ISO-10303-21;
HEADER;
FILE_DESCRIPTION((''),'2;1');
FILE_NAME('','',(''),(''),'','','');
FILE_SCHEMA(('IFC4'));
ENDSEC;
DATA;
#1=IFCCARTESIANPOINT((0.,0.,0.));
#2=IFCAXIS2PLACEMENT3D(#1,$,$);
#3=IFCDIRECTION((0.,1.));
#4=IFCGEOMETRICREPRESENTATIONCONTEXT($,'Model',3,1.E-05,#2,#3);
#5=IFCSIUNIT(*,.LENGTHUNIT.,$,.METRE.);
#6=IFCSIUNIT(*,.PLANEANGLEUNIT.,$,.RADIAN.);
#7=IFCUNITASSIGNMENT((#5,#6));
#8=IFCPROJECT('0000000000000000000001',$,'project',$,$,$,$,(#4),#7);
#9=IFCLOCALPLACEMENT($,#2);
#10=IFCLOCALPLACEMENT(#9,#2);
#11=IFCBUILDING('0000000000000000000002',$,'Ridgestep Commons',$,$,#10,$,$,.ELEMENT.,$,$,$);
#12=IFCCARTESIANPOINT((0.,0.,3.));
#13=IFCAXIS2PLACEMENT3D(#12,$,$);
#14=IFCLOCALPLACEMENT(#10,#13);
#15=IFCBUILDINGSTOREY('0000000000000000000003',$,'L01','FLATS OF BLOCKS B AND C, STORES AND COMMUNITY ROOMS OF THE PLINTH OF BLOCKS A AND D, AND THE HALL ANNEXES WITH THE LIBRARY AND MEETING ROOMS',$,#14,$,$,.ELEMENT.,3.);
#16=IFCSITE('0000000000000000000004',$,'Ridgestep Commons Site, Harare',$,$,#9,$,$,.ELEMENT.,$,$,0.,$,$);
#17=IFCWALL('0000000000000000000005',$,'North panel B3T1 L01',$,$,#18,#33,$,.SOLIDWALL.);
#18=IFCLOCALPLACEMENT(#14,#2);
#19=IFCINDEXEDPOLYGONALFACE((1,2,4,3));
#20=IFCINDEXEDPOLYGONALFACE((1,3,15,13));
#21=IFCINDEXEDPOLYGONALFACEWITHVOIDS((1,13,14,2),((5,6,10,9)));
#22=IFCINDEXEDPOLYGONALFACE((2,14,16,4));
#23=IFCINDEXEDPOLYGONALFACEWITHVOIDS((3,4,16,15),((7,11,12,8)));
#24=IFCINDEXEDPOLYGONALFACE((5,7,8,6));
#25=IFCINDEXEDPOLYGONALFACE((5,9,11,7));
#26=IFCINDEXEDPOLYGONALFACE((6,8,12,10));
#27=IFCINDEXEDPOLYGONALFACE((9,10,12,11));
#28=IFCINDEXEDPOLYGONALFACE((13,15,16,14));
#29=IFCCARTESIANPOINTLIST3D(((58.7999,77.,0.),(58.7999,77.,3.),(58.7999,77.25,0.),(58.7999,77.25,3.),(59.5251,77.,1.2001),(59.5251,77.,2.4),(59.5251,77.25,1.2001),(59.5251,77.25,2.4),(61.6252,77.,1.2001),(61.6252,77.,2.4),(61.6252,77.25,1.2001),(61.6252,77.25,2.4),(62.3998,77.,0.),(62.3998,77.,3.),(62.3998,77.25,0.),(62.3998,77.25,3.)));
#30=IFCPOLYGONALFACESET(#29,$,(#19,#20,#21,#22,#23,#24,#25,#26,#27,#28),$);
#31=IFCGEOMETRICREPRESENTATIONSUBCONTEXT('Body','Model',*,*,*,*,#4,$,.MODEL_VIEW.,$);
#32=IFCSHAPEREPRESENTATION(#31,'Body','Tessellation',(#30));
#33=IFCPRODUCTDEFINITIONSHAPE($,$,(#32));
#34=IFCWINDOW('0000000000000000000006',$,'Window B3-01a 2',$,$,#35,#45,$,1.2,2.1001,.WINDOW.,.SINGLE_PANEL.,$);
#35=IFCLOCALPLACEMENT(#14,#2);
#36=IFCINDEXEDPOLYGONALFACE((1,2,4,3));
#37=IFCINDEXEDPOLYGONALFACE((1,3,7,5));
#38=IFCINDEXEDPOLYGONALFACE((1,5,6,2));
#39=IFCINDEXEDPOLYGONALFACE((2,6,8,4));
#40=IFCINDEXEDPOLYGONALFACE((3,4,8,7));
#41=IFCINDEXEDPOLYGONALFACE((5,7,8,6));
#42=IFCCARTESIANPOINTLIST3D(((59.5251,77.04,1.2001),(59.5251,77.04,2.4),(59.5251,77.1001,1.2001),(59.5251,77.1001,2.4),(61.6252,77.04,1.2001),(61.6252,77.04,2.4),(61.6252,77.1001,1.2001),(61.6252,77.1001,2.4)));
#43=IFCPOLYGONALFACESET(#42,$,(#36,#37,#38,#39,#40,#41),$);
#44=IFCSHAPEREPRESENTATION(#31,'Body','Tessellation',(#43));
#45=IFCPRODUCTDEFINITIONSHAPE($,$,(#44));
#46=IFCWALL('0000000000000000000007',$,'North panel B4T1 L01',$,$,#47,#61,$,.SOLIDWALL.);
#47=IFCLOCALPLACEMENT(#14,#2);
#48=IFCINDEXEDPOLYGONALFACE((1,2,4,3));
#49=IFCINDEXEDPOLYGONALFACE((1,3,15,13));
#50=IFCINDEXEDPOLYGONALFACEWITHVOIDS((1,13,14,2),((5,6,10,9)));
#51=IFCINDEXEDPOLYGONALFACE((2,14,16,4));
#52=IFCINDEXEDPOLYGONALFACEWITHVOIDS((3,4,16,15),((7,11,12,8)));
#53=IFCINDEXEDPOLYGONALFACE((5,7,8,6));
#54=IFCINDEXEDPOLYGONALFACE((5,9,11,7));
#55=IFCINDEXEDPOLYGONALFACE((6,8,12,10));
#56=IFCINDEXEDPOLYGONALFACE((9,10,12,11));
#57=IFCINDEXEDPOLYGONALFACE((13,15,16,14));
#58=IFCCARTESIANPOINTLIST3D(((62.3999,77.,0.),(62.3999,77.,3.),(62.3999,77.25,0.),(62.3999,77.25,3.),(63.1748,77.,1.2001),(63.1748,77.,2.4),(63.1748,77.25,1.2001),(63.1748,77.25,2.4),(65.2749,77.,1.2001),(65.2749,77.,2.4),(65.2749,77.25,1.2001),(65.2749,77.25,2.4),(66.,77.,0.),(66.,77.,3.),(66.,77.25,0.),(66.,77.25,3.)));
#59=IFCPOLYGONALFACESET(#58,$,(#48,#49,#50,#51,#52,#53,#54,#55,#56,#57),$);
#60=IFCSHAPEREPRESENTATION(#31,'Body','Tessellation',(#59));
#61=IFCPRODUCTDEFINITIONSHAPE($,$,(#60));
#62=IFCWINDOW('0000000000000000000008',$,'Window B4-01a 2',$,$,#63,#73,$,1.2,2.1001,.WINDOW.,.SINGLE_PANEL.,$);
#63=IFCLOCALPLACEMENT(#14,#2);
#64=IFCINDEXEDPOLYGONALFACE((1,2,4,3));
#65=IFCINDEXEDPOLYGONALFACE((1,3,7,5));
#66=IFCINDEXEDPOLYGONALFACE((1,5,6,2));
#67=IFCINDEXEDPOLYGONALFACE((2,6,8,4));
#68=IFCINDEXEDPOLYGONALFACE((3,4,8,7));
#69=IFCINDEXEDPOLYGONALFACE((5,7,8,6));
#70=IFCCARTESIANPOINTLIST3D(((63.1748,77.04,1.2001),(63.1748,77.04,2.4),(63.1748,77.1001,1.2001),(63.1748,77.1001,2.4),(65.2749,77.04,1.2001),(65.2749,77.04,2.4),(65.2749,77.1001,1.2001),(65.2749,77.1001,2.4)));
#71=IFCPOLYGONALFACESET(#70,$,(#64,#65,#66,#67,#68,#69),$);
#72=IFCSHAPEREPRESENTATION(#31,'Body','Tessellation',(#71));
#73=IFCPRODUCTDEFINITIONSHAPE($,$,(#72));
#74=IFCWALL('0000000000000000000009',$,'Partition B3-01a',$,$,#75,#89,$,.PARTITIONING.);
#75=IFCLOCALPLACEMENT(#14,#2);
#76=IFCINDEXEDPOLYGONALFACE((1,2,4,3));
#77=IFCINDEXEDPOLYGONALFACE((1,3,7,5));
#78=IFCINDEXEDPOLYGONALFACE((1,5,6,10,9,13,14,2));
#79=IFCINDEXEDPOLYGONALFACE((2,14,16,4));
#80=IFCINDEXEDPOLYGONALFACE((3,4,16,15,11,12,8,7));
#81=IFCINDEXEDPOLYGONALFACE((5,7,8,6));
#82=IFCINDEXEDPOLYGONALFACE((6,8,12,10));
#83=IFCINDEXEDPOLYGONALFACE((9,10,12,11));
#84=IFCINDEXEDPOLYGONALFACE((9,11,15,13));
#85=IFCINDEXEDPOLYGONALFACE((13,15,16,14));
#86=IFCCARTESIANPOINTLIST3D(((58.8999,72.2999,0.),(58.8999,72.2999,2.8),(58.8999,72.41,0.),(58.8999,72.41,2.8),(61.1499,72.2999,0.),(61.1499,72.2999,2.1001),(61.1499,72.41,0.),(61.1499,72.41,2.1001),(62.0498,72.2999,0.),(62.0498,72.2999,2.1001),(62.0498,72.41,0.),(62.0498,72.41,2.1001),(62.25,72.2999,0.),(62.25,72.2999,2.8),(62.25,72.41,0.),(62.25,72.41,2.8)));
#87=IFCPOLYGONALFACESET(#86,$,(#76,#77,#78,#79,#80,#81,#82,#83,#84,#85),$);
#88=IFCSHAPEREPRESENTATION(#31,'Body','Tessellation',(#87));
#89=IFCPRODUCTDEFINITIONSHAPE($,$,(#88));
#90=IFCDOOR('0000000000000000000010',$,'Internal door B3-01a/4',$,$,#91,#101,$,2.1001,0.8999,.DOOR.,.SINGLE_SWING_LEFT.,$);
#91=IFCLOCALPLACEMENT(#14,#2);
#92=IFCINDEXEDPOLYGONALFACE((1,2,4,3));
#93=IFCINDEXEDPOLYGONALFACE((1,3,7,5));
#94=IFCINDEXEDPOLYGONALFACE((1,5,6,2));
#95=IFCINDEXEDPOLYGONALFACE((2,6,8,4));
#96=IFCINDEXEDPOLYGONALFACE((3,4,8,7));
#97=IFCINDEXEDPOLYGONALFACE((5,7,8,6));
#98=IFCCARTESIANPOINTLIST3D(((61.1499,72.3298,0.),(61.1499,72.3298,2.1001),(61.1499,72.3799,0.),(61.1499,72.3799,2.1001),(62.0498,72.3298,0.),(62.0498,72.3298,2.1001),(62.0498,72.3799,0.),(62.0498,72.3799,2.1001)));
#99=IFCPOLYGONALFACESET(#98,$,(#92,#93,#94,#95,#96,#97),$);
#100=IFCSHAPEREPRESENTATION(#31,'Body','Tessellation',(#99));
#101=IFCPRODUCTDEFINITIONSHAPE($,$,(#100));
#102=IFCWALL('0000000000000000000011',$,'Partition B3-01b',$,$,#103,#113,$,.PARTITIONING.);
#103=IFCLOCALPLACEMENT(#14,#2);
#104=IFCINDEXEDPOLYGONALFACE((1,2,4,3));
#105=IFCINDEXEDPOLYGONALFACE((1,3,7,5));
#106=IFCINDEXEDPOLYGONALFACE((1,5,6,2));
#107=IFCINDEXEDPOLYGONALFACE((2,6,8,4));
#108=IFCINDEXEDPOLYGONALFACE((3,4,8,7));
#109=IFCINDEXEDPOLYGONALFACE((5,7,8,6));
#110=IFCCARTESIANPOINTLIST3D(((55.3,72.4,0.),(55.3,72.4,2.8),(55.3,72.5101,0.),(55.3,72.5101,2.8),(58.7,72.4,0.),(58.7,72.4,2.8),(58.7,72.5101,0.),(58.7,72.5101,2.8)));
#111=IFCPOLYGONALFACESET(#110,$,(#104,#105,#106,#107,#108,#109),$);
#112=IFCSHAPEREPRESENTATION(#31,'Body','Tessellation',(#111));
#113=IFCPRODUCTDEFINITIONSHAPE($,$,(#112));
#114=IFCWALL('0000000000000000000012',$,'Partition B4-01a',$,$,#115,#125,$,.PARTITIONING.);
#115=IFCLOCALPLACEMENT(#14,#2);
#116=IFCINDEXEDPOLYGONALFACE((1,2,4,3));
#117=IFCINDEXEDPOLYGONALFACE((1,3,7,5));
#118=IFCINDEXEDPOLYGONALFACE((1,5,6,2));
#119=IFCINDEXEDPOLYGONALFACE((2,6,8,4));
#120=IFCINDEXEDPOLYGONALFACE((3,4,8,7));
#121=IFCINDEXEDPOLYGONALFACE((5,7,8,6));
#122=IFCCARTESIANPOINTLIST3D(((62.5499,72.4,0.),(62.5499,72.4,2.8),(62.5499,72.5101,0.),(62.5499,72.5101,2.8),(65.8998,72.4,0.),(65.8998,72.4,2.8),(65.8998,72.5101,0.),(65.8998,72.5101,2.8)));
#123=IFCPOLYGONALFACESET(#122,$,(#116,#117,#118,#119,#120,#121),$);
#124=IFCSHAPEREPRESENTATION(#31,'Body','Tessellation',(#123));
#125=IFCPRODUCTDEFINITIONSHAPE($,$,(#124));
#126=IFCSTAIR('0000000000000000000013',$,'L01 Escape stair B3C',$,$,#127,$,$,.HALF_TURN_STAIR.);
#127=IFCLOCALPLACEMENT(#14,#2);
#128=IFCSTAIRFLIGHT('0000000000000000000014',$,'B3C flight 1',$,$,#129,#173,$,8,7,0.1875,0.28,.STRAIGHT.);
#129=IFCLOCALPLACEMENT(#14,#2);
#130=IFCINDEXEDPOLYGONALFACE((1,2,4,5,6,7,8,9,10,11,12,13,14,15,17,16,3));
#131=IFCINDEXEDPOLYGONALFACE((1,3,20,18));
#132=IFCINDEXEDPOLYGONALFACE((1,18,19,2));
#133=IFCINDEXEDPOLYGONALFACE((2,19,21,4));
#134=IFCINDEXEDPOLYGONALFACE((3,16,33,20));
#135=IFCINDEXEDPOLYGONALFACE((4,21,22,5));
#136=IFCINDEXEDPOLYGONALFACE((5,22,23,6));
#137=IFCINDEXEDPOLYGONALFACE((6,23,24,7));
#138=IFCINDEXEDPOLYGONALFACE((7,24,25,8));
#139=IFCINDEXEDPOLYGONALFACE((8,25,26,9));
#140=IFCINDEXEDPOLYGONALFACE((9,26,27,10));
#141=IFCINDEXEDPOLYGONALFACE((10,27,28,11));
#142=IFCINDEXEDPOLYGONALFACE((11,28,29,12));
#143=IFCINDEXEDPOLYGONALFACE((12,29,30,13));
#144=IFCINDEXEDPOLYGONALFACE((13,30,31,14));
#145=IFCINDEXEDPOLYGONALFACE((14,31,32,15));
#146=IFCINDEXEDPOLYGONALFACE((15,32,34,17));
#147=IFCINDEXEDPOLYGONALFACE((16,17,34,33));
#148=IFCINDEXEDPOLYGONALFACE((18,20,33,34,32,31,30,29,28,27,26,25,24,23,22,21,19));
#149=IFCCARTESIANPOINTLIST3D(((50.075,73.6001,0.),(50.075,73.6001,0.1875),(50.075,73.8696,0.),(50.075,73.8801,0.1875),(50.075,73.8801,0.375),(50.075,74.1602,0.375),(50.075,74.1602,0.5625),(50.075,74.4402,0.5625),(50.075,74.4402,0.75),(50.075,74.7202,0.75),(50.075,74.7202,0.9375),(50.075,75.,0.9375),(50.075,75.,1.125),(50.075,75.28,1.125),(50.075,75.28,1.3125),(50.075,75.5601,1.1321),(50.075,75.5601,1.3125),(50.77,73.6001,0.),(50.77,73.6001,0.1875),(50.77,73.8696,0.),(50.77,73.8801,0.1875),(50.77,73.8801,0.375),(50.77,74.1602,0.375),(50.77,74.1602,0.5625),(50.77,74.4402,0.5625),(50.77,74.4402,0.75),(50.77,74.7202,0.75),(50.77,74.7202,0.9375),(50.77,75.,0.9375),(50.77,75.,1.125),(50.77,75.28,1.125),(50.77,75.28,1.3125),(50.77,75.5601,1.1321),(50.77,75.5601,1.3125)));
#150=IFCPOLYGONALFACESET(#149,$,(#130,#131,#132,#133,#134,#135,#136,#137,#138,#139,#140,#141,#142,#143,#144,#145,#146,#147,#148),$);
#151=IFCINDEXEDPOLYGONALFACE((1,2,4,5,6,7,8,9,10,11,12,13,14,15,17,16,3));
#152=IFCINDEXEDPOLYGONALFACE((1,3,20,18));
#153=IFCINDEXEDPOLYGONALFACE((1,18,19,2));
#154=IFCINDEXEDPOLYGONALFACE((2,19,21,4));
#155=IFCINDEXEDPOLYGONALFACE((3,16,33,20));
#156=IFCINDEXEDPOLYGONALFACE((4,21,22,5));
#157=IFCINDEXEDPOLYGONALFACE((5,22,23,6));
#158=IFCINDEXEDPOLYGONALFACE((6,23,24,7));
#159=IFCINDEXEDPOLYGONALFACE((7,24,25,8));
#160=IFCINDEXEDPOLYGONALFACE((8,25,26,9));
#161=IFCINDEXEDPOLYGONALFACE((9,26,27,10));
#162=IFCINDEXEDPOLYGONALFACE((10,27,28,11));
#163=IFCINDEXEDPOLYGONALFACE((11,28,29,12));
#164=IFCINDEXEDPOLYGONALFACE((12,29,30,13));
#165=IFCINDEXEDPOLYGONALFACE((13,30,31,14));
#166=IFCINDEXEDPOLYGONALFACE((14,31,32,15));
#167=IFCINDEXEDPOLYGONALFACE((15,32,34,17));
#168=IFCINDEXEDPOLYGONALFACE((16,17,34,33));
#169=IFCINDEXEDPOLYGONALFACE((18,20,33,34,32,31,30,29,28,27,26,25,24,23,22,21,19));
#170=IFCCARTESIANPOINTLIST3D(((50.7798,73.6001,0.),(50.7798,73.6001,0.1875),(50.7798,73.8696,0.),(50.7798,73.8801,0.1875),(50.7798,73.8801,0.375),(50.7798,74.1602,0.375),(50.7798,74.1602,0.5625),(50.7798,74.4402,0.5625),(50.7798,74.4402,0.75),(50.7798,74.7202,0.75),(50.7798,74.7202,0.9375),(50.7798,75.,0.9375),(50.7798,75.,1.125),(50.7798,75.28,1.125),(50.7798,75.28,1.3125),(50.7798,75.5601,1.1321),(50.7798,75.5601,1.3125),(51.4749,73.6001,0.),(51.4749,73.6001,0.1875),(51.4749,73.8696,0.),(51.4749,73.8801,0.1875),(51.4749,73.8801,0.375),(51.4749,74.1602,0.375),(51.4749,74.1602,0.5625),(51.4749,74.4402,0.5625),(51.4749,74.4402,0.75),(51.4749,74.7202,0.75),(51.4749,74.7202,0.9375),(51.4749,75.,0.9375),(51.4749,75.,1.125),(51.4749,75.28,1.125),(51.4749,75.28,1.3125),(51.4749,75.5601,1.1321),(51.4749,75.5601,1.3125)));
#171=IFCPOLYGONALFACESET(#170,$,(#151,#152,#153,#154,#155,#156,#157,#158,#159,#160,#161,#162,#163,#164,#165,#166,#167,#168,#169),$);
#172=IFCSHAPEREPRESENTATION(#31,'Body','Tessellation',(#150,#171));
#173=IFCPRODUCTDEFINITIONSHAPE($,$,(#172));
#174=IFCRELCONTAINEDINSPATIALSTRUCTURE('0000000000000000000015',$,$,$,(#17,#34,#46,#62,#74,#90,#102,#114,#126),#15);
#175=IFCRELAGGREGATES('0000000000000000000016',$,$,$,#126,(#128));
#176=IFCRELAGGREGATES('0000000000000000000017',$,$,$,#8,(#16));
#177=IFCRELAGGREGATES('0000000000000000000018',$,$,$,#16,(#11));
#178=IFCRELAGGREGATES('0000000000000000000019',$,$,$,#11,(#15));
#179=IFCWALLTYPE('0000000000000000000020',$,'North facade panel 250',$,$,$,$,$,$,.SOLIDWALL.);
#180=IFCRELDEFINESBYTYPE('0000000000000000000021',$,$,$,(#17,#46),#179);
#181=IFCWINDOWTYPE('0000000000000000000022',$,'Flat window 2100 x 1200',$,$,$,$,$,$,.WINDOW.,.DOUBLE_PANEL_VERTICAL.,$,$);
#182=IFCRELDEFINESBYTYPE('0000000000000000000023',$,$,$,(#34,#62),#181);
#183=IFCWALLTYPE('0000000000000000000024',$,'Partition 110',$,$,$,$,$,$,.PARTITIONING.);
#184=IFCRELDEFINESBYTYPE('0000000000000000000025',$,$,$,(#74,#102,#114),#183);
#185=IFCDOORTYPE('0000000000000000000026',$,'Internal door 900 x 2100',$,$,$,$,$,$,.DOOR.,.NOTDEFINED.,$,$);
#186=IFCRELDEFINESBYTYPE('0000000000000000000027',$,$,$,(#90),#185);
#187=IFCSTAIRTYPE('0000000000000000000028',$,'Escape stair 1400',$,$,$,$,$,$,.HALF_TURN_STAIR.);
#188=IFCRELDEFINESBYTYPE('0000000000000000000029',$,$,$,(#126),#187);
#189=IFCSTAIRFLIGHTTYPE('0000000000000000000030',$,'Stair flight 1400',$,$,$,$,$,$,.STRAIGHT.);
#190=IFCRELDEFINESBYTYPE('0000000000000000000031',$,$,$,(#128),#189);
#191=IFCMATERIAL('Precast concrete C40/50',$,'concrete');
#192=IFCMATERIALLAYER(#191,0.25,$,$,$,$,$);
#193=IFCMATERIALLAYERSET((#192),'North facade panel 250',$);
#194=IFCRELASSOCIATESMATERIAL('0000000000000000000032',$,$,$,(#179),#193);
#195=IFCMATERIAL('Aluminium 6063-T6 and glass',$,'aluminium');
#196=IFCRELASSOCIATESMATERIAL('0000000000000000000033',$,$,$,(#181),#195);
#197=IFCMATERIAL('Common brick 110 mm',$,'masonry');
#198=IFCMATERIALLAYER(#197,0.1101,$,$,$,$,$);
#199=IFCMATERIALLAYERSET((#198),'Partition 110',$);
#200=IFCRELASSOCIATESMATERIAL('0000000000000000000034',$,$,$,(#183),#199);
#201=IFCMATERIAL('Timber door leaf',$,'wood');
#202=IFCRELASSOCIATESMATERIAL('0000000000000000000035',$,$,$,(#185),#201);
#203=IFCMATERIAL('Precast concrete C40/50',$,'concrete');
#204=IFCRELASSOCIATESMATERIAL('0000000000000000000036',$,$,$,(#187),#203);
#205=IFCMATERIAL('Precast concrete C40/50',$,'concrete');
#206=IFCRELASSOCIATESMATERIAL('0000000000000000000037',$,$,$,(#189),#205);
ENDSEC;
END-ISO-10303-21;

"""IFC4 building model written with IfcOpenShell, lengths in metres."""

from ifc_helpers import new_model, si_unit, direction, frame, frame_2d, origin, place, context, subcontext, project, spatial, polyline, rectangle, outline, extrude, material, layer, layer_set, type_object, element, fill, aggregate, save


model = new_model("IFC4")

# Units and contexts
model_context = context("Model", 3, precision=1e-05, world=origin(), true_north=direction((0.0, 1.0)))
body_context = subcontext(model_context, "Body", "Model", "MODEL_VIEW")
ifc_project = project(units=[si_unit("LENGTHUNIT", "METRE"), si_unit("PLANEANGLEUNIT", "RADIAN")], contexts=[model_context])

# Site, building, storey
site_placement = place(None, origin())
site = spatial("IfcSite", under=ifc_project, at=site_placement, Name="Ridgestep Commons Site, Harare", CompositionType="ELEMENT", RefElevation=0.0)
building_placement = place(site_placement, origin())
building = spatial("IfcBuilding", under=site, at=building_placement, Name="Ridgestep Commons", CompositionType="ELEMENT")
storey_placement = place(building_placement, frame((0.0, 0.0, 3.0)))
storey = spatial("IfcBuildingStorey", under=building, at=storey_placement, Name="L01", Description="FLATS OF BLOCKS B AND C, STORES AND COMMUNITY ROOMS OF THE PLINTH OF BLOCKS A AND D, AND THE HALL ANNEXES WITH THE LIBRARY AND MEETING ROOMS", CompositionType="ELEMENT", Elevation=3.0)

# Walls, openings, windows
ifc_material_1 = material(Name="Precast concrete C40/50", Category="concrete")
ifc_layer_1 = layer(ifc_material_1, 0.25)
ifc_layer_set_1 = layer_set([ifc_layer_1], Name="North facade panel 250")
wall_type_1 = type_object("IfcWallType", Name="North facade panel 250", PredefinedType="SOLIDWALL", material=ifc_layer_set_1)
ifc_material_2 = material(Name="Aluminium 6063-T6 and glass", Category="aluminium")
window_type = type_object("IfcWindowType", Name="Flat window 2100 x 1200", PartitioningType="DOUBLE_PANEL_VERTICAL", PredefinedType="WINDOW", material=ifc_material_2)
wall_1_placement = place(storey_placement, frame((58.8, 77.125, 0.0), z_axis=(0.0, 0.0, 1.0), x_axis=(1.0, 0.0, 0.0)))
wall_1 = element("IfcWall", 1, at=wall_1_placement, inside=storey, type_object=wall_type_1, Name="North panel B3T1 L01", PredefinedType="SOLIDWALL", context=body_context, shape_type="SweptSolid", body=[
    extrude(rectangle(XDim=3.5999, YDim=0.25, at=frame_2d((1.7998, 0.0))), origin(), (0.0, 0.0, 1.0), 3.0),
])
opening_1_placement = place(wall_1_placement, frame((0.7251, 0.0, 1.2)))
opening_1 = element("IfcOpeningElement", 2, at=opening_1_placement, cuts=wall_1, PredefinedType="OPENING", context=body_context, shape_type="SweptSolid", body=[
    extrude(rectangle(XDim=2.1001, YDim=1.2, at=frame_2d((1.05, 0.6001))), frame((0.0, 0.135, 0.0), z_axis=(0.0, -1.0, 0.0), x_axis=(1.0, 0.0, 0.0)), (0.0, 0.0, 1.0), 0.27),
])
window_1_placement = place(opening_1_placement, origin())
window_1 = element("IfcWindow", 3, at=window_1_placement, inside=storey, type_object=window_type, Name="Window B3-01a 2", OverallHeight=1.2, OverallWidth=2.1001, PartitioningType="SINGLE_PANEL", PredefinedType="WINDOW", context=body_context, shape_type="SweptSolid", body=[
    extrude(rectangle(XDim=2.1001, YDim=1.2, at=frame_2d((1.05, 0.6001))), frame((0.0, -0.0249, 0.0), z_axis=(0.0, -1.0, 0.0), x_axis=(1.0, 0.0, 0.0)), (0.0, 0.0, 1.0), 0.0601),
])
fill(opening_1, window_1)
wall_2_placement = place(storey_placement, frame((62.3999, 77.125, 0.0), z_axis=(0.0, 0.0, 1.0), x_axis=(1.0, 0.0, 0.0)))
wall_2 = element("IfcWall", 4, at=wall_2_placement, inside=storey, type_object=wall_type_1, Name="North panel B4T1 L01", PredefinedType="SOLIDWALL", context=body_context, shape_type="SweptSolid", body=[
    extrude(rectangle(XDim=3.6001, YDim=0.25, at=frame_2d((1.8, 0.0))), origin(), (0.0, 0.0, 1.0), 3.0),
])
opening_2_placement = place(wall_2_placement, frame((0.7749, 0.0, 1.2)))
opening_2 = element("IfcOpeningElement", 5, at=opening_2_placement, cuts=wall_2, PredefinedType="OPENING", context=body_context, shape_type="SweptSolid", body=[
    extrude(rectangle(XDim=2.1001, YDim=1.2, at=frame_2d((1.05, 0.6001))), frame((0.0, 0.135, 0.0), z_axis=(0.0, -1.0, 0.0), x_axis=(1.0, 0.0, 0.0)), (0.0, 0.0, 1.0), 0.27),
])
window_2_placement = place(opening_2_placement, origin())
window_2 = element("IfcWindow", 6, at=window_2_placement, inside=storey, type_object=window_type, Name="Window B4-01a 2", OverallHeight=1.2, OverallWidth=2.1001, PartitioningType="SINGLE_PANEL", PredefinedType="WINDOW", context=body_context, shape_type="SweptSolid", body=[
    extrude(rectangle(XDim=2.1001, YDim=1.2, at=frame_2d((1.05, 0.6001))), frame((0.0, -0.0249, 0.0), z_axis=(0.0, -1.0, 0.0), x_axis=(1.0, 0.0, 0.0)), (0.0, 0.0, 1.0), 0.0601),
])
fill(opening_2, window_2)

# Wall, opening, door
ifc_material_3 = material(Name="Common brick 110 mm", Category="masonry")
ifc_layer_2 = layer(ifc_material_3, 0.1101)
ifc_layer_set_2 = layer_set([ifc_layer_2], Name="Partition 110")
wall_type_2 = type_object("IfcWallType", Name="Partition 110", PredefinedType="PARTITIONING", material=ifc_layer_set_2)
wall_3_placement = place(storey_placement, frame((58.8999, 72.355, 0.0), z_axis=(0.0, 0.0, 1.0), x_axis=(1.0, 0.0, 0.0)))
wall_3 = element("IfcWall", 7, at=wall_3_placement, inside=storey, type_object=wall_type_2, Name="Partition B3-01a", PredefinedType="PARTITIONING", context=body_context, shape_type="SweptSolid", body=[
    extrude(rectangle(XDim=3.3501, YDim=0.1101, at=frame_2d((1.675, 0.0))), origin(), (0.0, 0.0, 1.0), 2.8),
])
opening_3_placement = place(wall_3_placement, frame((2.25, 0.0, 0.0)))
opening_3 = element("IfcOpeningElement", 8, at=opening_3_placement, cuts=wall_3, PredefinedType="OPENING", context=body_context, shape_type="SweptSolid", body=[
    extrude(rectangle(XDim=0.8999, YDim=2.1001, at=frame_2d((0.45, 1.05))), frame((0.0, 0.0649, 0.0), z_axis=(0.0, -1.0, 0.0), x_axis=(1.0, 0.0, 0.0)), (0.0, 0.0, 1.0), 0.1301),
])
ifc_material_4 = material(Name="Timber door leaf", Category="wood")
door_type = type_object("IfcDoorType", Name="Internal door 900 x 2100", OperationType="NOTDEFINED", PredefinedType="DOOR", material=ifc_material_4)
door_placement = place(opening_3_placement, origin())
door = element("IfcDoor", 9, at=door_placement, inside=storey, type_object=door_type, Name="Internal door B3-01a/4", OperationType="SINGLE_SWING_LEFT", OverallHeight=2.1001, OverallWidth=0.8999, PredefinedType="DOOR", context=body_context, shape_type="SweptSolid", body=[
    extrude(rectangle(XDim=0.8999, YDim=2.1001, at=frame_2d((0.45, 1.05))), frame((0.0, 0.0249, 0.0), z_axis=(0.0, -1.0, 0.0), x_axis=(1.0, 0.0, 0.0)), (0.0, 0.0, 1.0), 0.05),
])
fill(opening_3, door)

# Walls
wall_4_placement = place(storey_placement, frame((55.3, 72.4551, 0.0), z_axis=(0.0, 0.0, 1.0), x_axis=(1.0, 0.0, 0.0)))
element("IfcWall", 10, at=wall_4_placement, inside=storey, type_object=wall_type_2, Name="Partition B3-01b", PredefinedType="PARTITIONING", context=body_context, shape_type="SweptSolid", body=[
    extrude(rectangle(XDim=3.3999, YDim=0.1101, at=frame_2d((1.7, 0.0))), origin(), (0.0, 0.0, 1.0), 2.8),
])
wall_5_placement = place(storey_placement, frame((62.55, 72.4551, 0.0), z_axis=(0.0, 0.0, 1.0), x_axis=(1.0, 0.0, 0.0)))
element("IfcWall", 11, at=wall_5_placement, inside=storey, type_object=wall_type_2, Name="Partition B4-01a", PredefinedType="PARTITIONING", context=body_context, shape_type="SweptSolid", body=[
    extrude(rectangle(XDim=3.3499, YDim=0.1101, at=frame_2d((1.6748, 0.0))), origin(), (0.0, 0.0, 1.0), 2.8),
])

# Stair, stair flight
ifc_material_5 = material(Name="Precast concrete C40/50", Category="concrete")
stair_type = type_object("IfcStairType", Name="Escape stair 1400", PredefinedType="HALF_TURN_STAIR", material=ifc_material_5)
stair_placement = place(storey_placement, origin())
stair = element("IfcStair", 12, at=stair_placement, inside=storey, type_object=stair_type, Name="L01 Escape stair B3C", PredefinedType="HALF_TURN_STAIR")
ifc_material_6 = material(Name="Precast concrete C40/50", Category="concrete")
stair_flight_type = type_object("IfcStairFlightType", Name="Stair flight 1400", PredefinedType="STRAIGHT", material=ifc_material_6)
stair_flight_placement = place(storey_placement, frame((50.7749, 73.6001, 0.0), z_axis=(0.0, 0.0, 1.0), x_axis=(0.0, 1.0, 0.0)))
stair_flight = element("IfcStairFlight", 13, at=stair_flight_placement, type_object=stair_flight_type, Name="B3C flight 1", NumberOfRisers=8, NumberOfTreads=7, PredefinedType="STRAIGHT", RiserHeight=0.1875, TreadLength=0.28, context=body_context, shape_type="SweptSolid", body=[
    extrude(outline(polyline([(0.0, 0.0), (0.0, 0.1875), (0.28, 0.1875), (0.28, 0.375), (0.5601, 0.375), (0.5601, 0.5625), (0.8401, 0.5625), (0.8401, 0.75), (1.1201, 0.75), (1.1201, 0.9375), (1.3999, 0.9375), (1.3999, 1.125), (1.6799, 1.125), (1.6799, 1.3125), (1.96, 1.3125), (1.96, 1.5), (1.96, 1.1321), (0.2695, 0.0), (0.0, 0.0)])), frame((0.0, 0.7, 0.0), z_axis=(0.0, -1.0, 0.0), x_axis=(1.0, 0.0, 0.0)), (0.0, 0.0, 1.0), 0.6951),
    extrude(outline(polyline([(0.0, 0.0), (0.0, 0.1875), (0.28, 0.1875), (0.28, 0.375), (0.5601, 0.375), (0.5601, 0.5625), (0.8401, 0.5625), (0.8401, 0.75), (1.1201, 0.75), (1.1201, 0.9375), (1.3999, 0.9375), (1.3999, 1.125), (1.6799, 1.125), (1.6799, 1.3125), (1.96, 1.3125), (1.96, 1.5), (1.96, 1.1321), (0.2695, 0.0), (0.0, 0.0)])), frame((0.0, -0.0049, 0.0), z_axis=(0.0, -1.0, 0.0), x_axis=(1.0, 0.0, 0.0)), (0.0, 0.0, 1.0), 0.6951),
])
aggregate(stair, [stair_flight])

save(model, "model.ifc")
